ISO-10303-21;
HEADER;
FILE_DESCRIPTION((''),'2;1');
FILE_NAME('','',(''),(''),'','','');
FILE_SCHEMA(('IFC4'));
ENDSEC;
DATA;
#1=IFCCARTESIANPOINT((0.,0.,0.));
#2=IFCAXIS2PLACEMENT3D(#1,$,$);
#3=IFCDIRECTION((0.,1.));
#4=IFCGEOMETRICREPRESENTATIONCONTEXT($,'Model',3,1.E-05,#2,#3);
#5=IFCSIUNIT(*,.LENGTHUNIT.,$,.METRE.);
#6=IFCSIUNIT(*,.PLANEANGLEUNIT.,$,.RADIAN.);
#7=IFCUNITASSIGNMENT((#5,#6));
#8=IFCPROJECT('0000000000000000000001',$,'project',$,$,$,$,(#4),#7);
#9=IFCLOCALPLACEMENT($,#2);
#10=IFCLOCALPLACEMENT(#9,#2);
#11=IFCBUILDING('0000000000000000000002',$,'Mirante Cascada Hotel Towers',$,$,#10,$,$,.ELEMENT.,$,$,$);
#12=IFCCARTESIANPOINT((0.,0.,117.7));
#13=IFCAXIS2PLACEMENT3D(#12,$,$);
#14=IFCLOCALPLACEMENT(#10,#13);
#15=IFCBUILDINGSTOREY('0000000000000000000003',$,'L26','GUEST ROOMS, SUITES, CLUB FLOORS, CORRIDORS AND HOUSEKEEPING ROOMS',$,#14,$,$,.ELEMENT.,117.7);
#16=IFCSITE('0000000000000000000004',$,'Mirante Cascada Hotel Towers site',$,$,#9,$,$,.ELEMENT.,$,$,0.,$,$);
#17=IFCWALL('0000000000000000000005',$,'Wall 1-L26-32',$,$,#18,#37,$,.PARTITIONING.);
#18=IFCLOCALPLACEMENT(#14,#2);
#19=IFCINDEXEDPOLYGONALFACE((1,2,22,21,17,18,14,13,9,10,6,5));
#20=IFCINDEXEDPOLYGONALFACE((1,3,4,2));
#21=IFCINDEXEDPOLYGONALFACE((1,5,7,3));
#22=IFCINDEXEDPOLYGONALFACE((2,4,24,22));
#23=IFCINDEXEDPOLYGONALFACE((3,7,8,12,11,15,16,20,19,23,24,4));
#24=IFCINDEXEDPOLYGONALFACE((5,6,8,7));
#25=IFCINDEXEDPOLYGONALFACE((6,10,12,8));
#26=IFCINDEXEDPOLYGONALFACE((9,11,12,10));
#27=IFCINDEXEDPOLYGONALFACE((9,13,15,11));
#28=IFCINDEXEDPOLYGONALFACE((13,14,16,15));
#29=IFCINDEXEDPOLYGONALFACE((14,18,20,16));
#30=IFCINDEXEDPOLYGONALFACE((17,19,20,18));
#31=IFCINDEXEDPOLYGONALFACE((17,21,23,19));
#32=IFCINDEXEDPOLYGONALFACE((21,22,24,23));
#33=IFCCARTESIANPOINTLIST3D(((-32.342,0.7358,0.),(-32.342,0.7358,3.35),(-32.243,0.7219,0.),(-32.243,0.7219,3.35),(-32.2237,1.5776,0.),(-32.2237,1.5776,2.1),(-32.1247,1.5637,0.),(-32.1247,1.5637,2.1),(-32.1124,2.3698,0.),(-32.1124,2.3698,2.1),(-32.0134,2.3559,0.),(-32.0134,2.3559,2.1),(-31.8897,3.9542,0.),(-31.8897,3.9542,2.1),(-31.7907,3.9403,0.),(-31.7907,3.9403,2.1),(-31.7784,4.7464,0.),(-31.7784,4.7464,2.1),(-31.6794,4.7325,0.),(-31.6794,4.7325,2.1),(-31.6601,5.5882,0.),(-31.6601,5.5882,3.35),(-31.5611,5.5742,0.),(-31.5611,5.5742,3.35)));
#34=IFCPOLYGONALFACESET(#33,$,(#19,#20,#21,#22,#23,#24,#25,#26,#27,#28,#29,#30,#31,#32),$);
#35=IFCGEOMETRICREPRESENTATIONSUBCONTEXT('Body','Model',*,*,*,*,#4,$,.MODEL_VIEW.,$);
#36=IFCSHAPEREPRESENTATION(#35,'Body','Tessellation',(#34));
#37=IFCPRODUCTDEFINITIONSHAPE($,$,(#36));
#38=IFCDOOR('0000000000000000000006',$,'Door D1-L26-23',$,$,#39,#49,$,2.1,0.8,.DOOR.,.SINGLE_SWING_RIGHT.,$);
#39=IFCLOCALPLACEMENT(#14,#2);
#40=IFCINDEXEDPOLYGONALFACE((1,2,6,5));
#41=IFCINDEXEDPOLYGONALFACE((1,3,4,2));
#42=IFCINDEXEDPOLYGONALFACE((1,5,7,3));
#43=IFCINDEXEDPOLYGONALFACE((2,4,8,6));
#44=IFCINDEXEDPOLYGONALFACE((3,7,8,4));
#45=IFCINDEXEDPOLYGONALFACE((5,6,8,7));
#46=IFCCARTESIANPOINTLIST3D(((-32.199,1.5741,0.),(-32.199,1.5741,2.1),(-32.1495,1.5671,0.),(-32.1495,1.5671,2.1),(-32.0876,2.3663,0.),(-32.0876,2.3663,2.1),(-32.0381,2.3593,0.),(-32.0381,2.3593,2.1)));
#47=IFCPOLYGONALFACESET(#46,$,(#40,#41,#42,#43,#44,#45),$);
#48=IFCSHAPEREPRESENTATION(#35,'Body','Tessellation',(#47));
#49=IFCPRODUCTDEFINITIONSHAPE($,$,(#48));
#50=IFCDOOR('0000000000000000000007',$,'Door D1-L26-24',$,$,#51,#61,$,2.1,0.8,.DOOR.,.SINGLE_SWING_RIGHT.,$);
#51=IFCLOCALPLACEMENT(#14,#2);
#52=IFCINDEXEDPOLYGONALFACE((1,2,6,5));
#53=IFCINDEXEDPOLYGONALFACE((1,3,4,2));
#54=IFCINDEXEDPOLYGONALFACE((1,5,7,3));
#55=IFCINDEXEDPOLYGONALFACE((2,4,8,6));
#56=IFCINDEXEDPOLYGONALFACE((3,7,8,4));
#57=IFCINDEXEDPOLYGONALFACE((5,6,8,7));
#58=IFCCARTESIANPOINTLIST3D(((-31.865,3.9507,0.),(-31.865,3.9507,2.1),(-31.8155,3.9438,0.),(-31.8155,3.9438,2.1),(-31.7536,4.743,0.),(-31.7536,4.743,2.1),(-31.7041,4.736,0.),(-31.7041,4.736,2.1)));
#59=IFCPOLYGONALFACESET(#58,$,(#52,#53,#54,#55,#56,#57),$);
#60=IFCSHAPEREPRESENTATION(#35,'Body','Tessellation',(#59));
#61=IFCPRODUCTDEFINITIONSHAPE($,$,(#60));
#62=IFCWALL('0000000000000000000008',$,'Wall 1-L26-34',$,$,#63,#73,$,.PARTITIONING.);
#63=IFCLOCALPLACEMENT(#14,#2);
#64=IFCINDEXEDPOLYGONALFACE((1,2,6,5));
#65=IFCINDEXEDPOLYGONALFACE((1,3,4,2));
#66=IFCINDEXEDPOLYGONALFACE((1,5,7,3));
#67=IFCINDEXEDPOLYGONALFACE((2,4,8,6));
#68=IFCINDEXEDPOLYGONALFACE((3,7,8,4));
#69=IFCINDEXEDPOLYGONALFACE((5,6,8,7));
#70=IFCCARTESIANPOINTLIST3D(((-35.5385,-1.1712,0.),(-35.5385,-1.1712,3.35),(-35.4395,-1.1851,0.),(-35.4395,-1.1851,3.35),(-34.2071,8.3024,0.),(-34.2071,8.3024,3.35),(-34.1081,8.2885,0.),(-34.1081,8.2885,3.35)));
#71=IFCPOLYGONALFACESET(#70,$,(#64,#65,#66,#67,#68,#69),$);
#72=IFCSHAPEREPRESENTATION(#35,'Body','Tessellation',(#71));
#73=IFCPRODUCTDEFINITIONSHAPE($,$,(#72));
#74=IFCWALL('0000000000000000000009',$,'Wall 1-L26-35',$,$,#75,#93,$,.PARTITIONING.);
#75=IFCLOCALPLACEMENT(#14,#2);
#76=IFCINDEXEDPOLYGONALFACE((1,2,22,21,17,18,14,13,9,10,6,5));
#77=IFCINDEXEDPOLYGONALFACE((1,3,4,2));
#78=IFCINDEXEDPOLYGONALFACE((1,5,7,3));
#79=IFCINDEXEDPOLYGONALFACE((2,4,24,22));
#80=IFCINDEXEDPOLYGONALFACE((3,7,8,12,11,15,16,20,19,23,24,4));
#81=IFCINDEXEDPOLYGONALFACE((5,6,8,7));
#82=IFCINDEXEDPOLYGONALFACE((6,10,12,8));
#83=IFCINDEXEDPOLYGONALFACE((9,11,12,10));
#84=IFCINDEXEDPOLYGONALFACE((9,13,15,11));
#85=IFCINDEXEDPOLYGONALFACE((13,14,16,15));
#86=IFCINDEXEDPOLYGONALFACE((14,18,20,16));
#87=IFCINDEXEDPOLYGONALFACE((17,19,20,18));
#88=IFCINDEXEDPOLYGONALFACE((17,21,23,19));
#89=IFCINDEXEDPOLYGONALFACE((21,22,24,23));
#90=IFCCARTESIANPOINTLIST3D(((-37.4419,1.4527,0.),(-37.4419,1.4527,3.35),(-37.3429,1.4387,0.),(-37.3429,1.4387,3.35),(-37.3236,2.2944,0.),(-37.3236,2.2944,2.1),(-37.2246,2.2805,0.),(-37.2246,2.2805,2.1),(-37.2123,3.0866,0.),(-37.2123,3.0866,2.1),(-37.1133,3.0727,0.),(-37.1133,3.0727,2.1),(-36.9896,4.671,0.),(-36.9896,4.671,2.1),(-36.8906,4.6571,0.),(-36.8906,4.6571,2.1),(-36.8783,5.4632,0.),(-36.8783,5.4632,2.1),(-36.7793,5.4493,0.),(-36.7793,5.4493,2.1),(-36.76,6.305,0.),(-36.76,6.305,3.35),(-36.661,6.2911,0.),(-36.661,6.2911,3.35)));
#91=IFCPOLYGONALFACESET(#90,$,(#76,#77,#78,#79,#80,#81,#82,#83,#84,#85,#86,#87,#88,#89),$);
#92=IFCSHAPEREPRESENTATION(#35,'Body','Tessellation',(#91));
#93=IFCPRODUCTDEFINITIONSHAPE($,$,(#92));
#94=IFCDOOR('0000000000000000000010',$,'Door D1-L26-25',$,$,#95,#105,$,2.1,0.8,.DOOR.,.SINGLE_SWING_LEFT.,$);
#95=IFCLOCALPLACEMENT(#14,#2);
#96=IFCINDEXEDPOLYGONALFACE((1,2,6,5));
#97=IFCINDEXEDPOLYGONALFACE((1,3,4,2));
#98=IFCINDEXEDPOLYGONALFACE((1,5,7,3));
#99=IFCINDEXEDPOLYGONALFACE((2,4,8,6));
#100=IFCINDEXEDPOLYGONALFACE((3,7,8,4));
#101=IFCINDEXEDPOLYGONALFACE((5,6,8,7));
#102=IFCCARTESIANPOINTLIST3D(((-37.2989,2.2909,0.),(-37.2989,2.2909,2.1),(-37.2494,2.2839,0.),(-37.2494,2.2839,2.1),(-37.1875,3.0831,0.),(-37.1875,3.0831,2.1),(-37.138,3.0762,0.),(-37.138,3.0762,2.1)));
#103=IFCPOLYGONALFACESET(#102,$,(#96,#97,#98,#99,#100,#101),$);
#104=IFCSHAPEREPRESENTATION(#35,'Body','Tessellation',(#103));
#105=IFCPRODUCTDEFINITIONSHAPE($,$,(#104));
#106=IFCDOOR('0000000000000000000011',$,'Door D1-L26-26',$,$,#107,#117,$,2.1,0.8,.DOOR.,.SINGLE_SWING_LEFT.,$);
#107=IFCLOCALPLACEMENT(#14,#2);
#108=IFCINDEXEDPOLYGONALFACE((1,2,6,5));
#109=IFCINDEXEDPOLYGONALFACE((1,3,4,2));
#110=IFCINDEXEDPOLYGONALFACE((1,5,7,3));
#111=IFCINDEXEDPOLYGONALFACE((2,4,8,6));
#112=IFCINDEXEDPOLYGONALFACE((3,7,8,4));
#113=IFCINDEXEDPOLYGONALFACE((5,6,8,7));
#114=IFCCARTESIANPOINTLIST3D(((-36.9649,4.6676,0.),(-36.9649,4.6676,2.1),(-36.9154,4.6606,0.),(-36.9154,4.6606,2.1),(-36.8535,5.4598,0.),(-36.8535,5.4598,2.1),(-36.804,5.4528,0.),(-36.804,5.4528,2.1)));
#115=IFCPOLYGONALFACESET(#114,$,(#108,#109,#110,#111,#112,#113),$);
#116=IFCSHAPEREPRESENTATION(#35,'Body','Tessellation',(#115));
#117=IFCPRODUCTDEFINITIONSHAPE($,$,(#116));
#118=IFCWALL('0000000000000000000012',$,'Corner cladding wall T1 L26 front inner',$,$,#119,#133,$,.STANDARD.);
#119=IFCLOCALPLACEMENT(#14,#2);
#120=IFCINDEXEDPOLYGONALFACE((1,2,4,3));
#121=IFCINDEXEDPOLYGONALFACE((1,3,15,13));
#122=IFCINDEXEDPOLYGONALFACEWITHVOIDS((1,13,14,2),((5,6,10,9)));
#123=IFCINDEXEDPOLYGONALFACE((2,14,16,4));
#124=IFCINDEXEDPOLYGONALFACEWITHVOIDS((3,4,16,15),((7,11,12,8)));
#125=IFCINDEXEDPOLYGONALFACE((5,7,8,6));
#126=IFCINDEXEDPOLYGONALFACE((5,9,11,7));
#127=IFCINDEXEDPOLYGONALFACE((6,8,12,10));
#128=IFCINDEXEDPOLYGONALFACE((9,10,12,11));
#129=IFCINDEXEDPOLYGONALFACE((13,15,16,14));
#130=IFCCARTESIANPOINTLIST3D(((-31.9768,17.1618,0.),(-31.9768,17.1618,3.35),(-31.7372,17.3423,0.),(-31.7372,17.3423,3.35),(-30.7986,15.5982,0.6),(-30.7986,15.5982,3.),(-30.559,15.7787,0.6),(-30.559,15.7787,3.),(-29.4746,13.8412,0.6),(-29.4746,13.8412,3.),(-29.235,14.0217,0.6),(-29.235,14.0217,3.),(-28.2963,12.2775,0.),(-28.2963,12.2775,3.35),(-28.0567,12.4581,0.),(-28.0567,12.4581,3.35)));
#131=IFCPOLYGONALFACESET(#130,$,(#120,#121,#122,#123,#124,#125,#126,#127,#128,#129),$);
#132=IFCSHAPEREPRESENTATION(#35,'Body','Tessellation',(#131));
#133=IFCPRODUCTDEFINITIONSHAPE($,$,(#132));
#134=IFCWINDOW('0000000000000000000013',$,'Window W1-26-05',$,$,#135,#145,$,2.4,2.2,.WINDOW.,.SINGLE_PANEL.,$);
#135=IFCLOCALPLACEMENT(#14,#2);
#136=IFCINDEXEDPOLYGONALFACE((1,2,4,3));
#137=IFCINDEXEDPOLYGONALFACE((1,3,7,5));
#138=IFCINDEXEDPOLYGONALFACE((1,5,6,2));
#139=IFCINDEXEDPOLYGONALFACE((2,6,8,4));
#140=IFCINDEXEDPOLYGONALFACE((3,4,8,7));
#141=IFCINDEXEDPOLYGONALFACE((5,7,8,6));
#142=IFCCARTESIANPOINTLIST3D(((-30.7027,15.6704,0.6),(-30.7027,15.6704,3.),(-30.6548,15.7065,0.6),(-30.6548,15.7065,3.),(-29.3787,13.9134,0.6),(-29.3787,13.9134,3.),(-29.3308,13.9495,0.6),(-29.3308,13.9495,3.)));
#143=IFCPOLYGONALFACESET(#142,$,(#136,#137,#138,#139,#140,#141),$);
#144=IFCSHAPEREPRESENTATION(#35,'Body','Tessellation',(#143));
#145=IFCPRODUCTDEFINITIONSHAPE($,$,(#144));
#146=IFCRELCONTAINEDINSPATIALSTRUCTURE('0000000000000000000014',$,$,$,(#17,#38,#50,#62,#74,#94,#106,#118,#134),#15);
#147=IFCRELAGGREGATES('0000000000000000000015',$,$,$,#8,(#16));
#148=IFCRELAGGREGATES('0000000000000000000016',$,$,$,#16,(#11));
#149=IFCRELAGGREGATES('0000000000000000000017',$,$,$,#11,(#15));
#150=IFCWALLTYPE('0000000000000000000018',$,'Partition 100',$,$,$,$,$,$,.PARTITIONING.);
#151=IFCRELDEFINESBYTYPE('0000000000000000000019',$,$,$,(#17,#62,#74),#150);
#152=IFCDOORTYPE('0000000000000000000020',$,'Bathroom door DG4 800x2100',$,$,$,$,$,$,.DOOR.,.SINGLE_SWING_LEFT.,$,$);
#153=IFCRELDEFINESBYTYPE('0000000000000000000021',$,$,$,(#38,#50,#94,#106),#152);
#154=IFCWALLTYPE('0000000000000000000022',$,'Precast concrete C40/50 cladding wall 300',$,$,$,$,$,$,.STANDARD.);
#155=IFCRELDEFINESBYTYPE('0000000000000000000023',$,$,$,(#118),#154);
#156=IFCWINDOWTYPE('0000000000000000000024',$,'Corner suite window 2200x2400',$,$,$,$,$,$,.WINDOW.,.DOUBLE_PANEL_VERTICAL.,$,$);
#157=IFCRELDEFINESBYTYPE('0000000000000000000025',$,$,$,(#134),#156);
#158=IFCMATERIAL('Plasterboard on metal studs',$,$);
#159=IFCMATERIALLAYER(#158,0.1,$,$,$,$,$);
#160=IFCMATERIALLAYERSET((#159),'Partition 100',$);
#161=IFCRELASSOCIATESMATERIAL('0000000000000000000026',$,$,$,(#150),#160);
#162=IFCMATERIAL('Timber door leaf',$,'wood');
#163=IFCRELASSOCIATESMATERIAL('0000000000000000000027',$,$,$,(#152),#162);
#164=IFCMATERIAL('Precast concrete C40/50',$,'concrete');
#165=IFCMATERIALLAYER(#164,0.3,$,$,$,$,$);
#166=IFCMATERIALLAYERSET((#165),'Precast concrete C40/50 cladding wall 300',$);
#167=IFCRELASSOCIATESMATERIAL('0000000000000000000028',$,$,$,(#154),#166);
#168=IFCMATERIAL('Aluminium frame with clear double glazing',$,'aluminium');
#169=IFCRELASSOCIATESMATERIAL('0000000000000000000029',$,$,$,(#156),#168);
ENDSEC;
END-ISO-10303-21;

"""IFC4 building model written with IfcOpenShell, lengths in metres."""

from ifc_helpers import new_model, si_unit, direction, frame, frame_2d, origin, place, context, subcontext, project, spatial, rectangle, extrude, material, layer, layer_set, type_object, element, fill, save


model = new_model("IFC4")

# Units and contexts
model_context = context("Model", 3, precision=1e-05, world=origin(), true_north=direction((0.0, 1.0)))
body_context = subcontext(model_context, "Body", "Model", "MODEL_VIEW")
ifc_project = project(units=[si_unit("LENGTHUNIT", "METRE"), si_unit("PLANEANGLEUNIT", "RADIAN")], contexts=[model_context])

# Site, building, storey
site_placement = place(None, origin())
site = spatial("IfcSite", under=ifc_project, at=site_placement, Name="Mirante Cascada Hotel Towers site", CompositionType="ELEMENT", RefElevation=0.0)
building_placement = place(site_placement, origin())
building = spatial("IfcBuilding", under=site, at=building_placement, Name="Mirante Cascada Hotel Towers", CompositionType="ELEMENT")
storey_placement = place(building_placement, frame((0.0, 0.0, 117.7)))
storey = spatial("IfcBuildingStorey", under=building, at=storey_placement, Name="L26", Description="GUEST ROOMS, SUITES, CLUB FLOORS, CORRIDORS AND HOUSEKEEPING ROOMS", CompositionType="ELEMENT", Elevation=117.7)

# Shared definitions
ifc_material_1 = material(Name="Plasterboard on metal studs")
ifc_layer_1 = layer(ifc_material_1, 0.1)
ifc_layer_set_1 = layer_set([ifc_layer_1], Name="Partition 100")
wall_type_1 = type_object("IfcWallType", Name="Partition 100", PredefinedType="PARTITIONING", material=ifc_layer_set_1)

# Wall, openings, doors
wall_1_placement = place(storey_placement, frame((-31.6106, 5.5812, 0.0), z_axis=(0.0, 0.0, 1.0), x_axis=(-0.139164, -0.990269, 0.0)))
wall_1 = element("IfcWall", 1, at=wall_1_placement, inside=storey, type_object=wall_type_1, Name="Wall 1-L26-32", PredefinedType="PARTITIONING", context=body_context, shape_type="SweptSolid", body=[
    extrude(rectangle(XDim=4.9, YDim=0.1, at=frame_2d((2.45, 0.0))), origin(), (0.0, 0.0, 1.0), 3.35),
])
opening_1_placement = place(wall_1_placement, frame((3.25, 0.0, 0.0)))
opening_1 = element("IfcOpeningElement", 2, at=opening_1_placement, cuts=wall_1, PredefinedType="OPENING", context=body_context, shape_type="SweptSolid", body=[
    extrude(rectangle(XDim=0.8, YDim=2.1, at=frame_2d((0.4, 1.05))), frame((0.0, 0.05, 0.0), z_axis=(0.0, -1.0, 0.0), x_axis=(1.0, 0.0, 0.0)), (0.0, 0.0, 1.0), 0.1),
])
opening_2_placement = place(wall_1_placement, frame((0.85, 0.0, 0.0)))
opening_2 = element("IfcOpeningElement", 3, at=opening_2_placement, cuts=wall_1, PredefinedType="OPENING", context=body_context, shape_type="SweptSolid", body=[
    extrude(rectangle(XDim=0.8, YDim=2.1, at=frame_2d((0.4, 1.05))), frame((0.0, 0.05, 0.0), z_axis=(0.0, -1.0, 0.0), x_axis=(1.0, 0.0, 0.0)), (0.0, 0.0, 1.0), 0.1),
])
ifc_material_2 = material(Name="Timber door leaf", Category="wood")
door_type = type_object("IfcDoorType", Name="Bathroom door DG4 800x2100", OperationType="SINGLE_SWING_LEFT", PredefinedType="DOOR", material=ifc_material_2)
door_1_placement = place(opening_1_placement, frame((0.8, 0.0, 0.0), z_axis=(0.0, 0.0, 1.0), x_axis=(-1.0, 0.0, 0.0)))
door_1 = element("IfcDoor", 4, at=door_1_placement, inside=storey, type_object=door_type, Name="Door D1-L26-23", OperationType="SINGLE_SWING_RIGHT", OverallHeight=2.1, OverallWidth=0.8, PredefinedType="DOOR", context=body_context, shape_type="SweptSolid", body=[
    extrude(rectangle(XDim=0.8, YDim=2.1, at=frame_2d((0.4, 1.05))), frame((0.0, 0.025, 0.0), z_axis=(0.0, -1.0, 0.0), x_axis=(1.0, 0.0, 0.0)), (0.0, 0.0, 1.0), 0.05),
])
fill(opening_1, door_1)
door_2_placement = place(opening_2_placement, frame((0.8, 0.0, 0.0), z_axis=(0.0, 0.0, 1.0), x_axis=(-1.0, 0.0, 0.0)))
door_2 = element("IfcDoor", 5, at=door_2_placement, inside=storey, type_object=door_type, Name="Door D1-L26-24", OperationType="SINGLE_SWING_RIGHT", OverallHeight=2.1, OverallWidth=0.8, PredefinedType="DOOR", context=body_context, shape_type="SweptSolid", body=[
    extrude(rectangle(XDim=0.8, YDim=2.1, at=frame_2d((0.4, 1.05))), frame((0.0, 0.025, 0.0), z_axis=(0.0, -1.0, 0.0), x_axis=(1.0, 0.0, 0.0)), (0.0, 0.0, 1.0), 0.05),
])
fill(opening_2, door_2)

# Wall
wall_2_placement = place(storey_placement, frame((-34.1576, 8.2955, 0.0), z_axis=(0.0, 0.0, 1.0), x_axis=(-0.13917, -0.990268, 0.0)))
element("IfcWall", 6, at=wall_2_placement, inside=storey, type_object=wall_type_1, Name="Wall 1-L26-34", PredefinedType="PARTITIONING", context=body_context, shape_type="SweptSolid", body=[
    extrude(rectangle(XDim=9.5667, YDim=0.1, at=frame_2d((4.7834, 0.0))), origin(), (0.0, 0.0, 1.0), 3.35),
])

# Wall, openings, doors
wall_3_placement = place(storey_placement, frame((-37.3924, 1.4457, 0.0), z_axis=(0.0, 0.0, 1.0), x_axis=(0.139164, 0.990269, 0.0)))
wall_3 = element("IfcWall", 7, at=wall_3_placement, inside=storey, type_object=wall_type_1, Name="Wall 1-L26-35", PredefinedType="PARTITIONING", context=body_context, shape_type="SweptSolid", body=[
    extrude(rectangle(XDim=4.9, YDim=0.1, at=frame_2d((2.45, 0.0))), origin(), (0.0, 0.0, 1.0), 3.35),
])
opening_3_placement = place(wall_3_placement, frame((0.85, 0.0, 0.0)))
opening_3 = element("IfcOpeningElement", 8, at=opening_3_placement, cuts=wall_3, PredefinedType="OPENING", context=body_context, shape_type="SweptSolid", body=[
    extrude(rectangle(XDim=0.8, YDim=2.1, at=frame_2d((0.4, 1.05))), frame((0.0, 0.05, 0.0), z_axis=(0.0, -1.0, 0.0), x_axis=(1.0, 0.0, 0.0)), (0.0, 0.0, 1.0), 0.1),
])
opening_4_placement = place(wall_3_placement, frame((3.25, 0.0, 0.0)))
opening_4 = element("IfcOpeningElement", 9, at=opening_4_placement, cuts=wall_3, PredefinedType="OPENING", context=body_context, shape_type="SweptSolid", body=[
    extrude(rectangle(XDim=0.8, YDim=2.1, at=frame_2d((0.4, 1.05))), frame((0.0, 0.05, 0.0), z_axis=(0.0, -1.0, 0.0), x_axis=(1.0, 0.0, 0.0)), (0.0, 0.0, 1.0), 0.1),
])
door_3_placement = place(opening_3_placement, origin())
door_3 = element("IfcDoor", 10, at=door_3_placement, inside=storey, type_object=door_type, Name="Door D1-L26-25", OperationType="SINGLE_SWING_LEFT", OverallHeight=2.1, OverallWidth=0.8, PredefinedType="DOOR", context=body_context, shape_type="SweptSolid", body=[
    extrude(rectangle(XDim=0.8, YDim=2.1, at=frame_2d((0.4, 1.05))), frame((0.0, 0.025, 0.0), z_axis=(0.0, -1.0, 0.0), x_axis=(1.0, 0.0, 0.0)), (0.0, 0.0, 1.0), 0.05),
])
fill(opening_3, door_3)
door_4_placement = place(opening_4_placement, origin())
door_4 = element("IfcDoor", 11, at=door_4_placement, inside=storey, type_object=door_type, Name="Door D1-L26-26", OperationType="SINGLE_SWING_LEFT", OverallHeight=2.1, OverallWidth=0.8, PredefinedType="DOOR", context=body_context, shape_type="SweptSolid", body=[
    extrude(rectangle(XDim=0.8, YDim=2.1, at=frame_2d((0.4, 1.05))), frame((0.0, 0.025, 0.0), z_axis=(0.0, -1.0, 0.0), x_axis=(1.0, 0.0, 0.0)), (0.0, 0.0, 1.0), 0.05),
])
fill(opening_4, door_4)

# Wall, opening, window
ifc_material_3 = material(Name="Precast concrete C40/50", Category="concrete")
ifc_layer_2 = layer(ifc_material_3, 0.3)
ifc_layer_set_2 = layer_set([ifc_layer_2], Name="Precast concrete C40/50 cladding wall 300")
wall_type_2 = type_object("IfcWallType", Name="Precast concrete C40/50 cladding wall 300", PredefinedType="STANDARD", material=ifc_layer_set_2)
wall_4_placement = place(storey_placement, frame((-31.857, 17.252, 0.0), z_axis=(0.0, 0.0, 1.0), x_axis=(0.601814, -0.798636, 0.0)))
wall_4 = element("IfcWall", 12, at=wall_4_placement, inside=storey, type_object=wall_type_2, Name="Corner cladding wall T1 L26 front inner", PredefinedType="STANDARD", context=body_context, shape_type="SweptSolid", body=[
    extrude(rectangle(XDim=6.1157, YDim=0.3, at=frame_2d((3.0578, 0.0))), origin(), (0.0, 0.0, 1.0), 3.35),
])
opening_5_placement = place(wall_4_placement, frame((1.9578, 0.0, 0.6)))
opening_5 = element("IfcOpeningElement", 13, at=opening_5_placement, cuts=wall_4, PredefinedType="OPENING", context=body_context, shape_type="SweptSolid", body=[
    extrude(rectangle(XDim=2.2, YDim=2.4, at=frame_2d((1.1, 1.2))), frame((0.0, 0.15, 0.0), z_axis=(0.0, -1.0, 0.0), x_axis=(1.0, 0.0, 0.0)), (0.0, 0.0, 1.0), 0.3),
])
ifc_material_4 = material(Name="Aluminium frame with clear double glazing", Category="aluminium")
window_type = type_object("IfcWindowType", Name="Corner suite window 2200x2400", PartitioningType="DOUBLE_PANEL_VERTICAL", PredefinedType="WINDOW", material=ifc_material_4)
window_placement = place(opening_5_placement, origin())
window = element("IfcWindow", 14, at=window_placement, inside=storey, type_object=window_type, Name="Window W1-26-05", OverallHeight=2.4, OverallWidth=2.2, PartitioningType="SINGLE_PANEL", PredefinedType="WINDOW", context=body_context, shape_type="SweptSolid", body=[
    extrude(rectangle(XDim=2.2, YDim=2.4, at=frame_2d((1.1, 1.2))), frame((0.0, 0.03, 0.0), z_axis=(0.0, -1.0, 0.0), x_axis=(1.0, 0.0, 0.0)), (0.0, 0.0, 1.0), 0.06),
])
fill(opening_5, window)

save(model, "model.ifc")
